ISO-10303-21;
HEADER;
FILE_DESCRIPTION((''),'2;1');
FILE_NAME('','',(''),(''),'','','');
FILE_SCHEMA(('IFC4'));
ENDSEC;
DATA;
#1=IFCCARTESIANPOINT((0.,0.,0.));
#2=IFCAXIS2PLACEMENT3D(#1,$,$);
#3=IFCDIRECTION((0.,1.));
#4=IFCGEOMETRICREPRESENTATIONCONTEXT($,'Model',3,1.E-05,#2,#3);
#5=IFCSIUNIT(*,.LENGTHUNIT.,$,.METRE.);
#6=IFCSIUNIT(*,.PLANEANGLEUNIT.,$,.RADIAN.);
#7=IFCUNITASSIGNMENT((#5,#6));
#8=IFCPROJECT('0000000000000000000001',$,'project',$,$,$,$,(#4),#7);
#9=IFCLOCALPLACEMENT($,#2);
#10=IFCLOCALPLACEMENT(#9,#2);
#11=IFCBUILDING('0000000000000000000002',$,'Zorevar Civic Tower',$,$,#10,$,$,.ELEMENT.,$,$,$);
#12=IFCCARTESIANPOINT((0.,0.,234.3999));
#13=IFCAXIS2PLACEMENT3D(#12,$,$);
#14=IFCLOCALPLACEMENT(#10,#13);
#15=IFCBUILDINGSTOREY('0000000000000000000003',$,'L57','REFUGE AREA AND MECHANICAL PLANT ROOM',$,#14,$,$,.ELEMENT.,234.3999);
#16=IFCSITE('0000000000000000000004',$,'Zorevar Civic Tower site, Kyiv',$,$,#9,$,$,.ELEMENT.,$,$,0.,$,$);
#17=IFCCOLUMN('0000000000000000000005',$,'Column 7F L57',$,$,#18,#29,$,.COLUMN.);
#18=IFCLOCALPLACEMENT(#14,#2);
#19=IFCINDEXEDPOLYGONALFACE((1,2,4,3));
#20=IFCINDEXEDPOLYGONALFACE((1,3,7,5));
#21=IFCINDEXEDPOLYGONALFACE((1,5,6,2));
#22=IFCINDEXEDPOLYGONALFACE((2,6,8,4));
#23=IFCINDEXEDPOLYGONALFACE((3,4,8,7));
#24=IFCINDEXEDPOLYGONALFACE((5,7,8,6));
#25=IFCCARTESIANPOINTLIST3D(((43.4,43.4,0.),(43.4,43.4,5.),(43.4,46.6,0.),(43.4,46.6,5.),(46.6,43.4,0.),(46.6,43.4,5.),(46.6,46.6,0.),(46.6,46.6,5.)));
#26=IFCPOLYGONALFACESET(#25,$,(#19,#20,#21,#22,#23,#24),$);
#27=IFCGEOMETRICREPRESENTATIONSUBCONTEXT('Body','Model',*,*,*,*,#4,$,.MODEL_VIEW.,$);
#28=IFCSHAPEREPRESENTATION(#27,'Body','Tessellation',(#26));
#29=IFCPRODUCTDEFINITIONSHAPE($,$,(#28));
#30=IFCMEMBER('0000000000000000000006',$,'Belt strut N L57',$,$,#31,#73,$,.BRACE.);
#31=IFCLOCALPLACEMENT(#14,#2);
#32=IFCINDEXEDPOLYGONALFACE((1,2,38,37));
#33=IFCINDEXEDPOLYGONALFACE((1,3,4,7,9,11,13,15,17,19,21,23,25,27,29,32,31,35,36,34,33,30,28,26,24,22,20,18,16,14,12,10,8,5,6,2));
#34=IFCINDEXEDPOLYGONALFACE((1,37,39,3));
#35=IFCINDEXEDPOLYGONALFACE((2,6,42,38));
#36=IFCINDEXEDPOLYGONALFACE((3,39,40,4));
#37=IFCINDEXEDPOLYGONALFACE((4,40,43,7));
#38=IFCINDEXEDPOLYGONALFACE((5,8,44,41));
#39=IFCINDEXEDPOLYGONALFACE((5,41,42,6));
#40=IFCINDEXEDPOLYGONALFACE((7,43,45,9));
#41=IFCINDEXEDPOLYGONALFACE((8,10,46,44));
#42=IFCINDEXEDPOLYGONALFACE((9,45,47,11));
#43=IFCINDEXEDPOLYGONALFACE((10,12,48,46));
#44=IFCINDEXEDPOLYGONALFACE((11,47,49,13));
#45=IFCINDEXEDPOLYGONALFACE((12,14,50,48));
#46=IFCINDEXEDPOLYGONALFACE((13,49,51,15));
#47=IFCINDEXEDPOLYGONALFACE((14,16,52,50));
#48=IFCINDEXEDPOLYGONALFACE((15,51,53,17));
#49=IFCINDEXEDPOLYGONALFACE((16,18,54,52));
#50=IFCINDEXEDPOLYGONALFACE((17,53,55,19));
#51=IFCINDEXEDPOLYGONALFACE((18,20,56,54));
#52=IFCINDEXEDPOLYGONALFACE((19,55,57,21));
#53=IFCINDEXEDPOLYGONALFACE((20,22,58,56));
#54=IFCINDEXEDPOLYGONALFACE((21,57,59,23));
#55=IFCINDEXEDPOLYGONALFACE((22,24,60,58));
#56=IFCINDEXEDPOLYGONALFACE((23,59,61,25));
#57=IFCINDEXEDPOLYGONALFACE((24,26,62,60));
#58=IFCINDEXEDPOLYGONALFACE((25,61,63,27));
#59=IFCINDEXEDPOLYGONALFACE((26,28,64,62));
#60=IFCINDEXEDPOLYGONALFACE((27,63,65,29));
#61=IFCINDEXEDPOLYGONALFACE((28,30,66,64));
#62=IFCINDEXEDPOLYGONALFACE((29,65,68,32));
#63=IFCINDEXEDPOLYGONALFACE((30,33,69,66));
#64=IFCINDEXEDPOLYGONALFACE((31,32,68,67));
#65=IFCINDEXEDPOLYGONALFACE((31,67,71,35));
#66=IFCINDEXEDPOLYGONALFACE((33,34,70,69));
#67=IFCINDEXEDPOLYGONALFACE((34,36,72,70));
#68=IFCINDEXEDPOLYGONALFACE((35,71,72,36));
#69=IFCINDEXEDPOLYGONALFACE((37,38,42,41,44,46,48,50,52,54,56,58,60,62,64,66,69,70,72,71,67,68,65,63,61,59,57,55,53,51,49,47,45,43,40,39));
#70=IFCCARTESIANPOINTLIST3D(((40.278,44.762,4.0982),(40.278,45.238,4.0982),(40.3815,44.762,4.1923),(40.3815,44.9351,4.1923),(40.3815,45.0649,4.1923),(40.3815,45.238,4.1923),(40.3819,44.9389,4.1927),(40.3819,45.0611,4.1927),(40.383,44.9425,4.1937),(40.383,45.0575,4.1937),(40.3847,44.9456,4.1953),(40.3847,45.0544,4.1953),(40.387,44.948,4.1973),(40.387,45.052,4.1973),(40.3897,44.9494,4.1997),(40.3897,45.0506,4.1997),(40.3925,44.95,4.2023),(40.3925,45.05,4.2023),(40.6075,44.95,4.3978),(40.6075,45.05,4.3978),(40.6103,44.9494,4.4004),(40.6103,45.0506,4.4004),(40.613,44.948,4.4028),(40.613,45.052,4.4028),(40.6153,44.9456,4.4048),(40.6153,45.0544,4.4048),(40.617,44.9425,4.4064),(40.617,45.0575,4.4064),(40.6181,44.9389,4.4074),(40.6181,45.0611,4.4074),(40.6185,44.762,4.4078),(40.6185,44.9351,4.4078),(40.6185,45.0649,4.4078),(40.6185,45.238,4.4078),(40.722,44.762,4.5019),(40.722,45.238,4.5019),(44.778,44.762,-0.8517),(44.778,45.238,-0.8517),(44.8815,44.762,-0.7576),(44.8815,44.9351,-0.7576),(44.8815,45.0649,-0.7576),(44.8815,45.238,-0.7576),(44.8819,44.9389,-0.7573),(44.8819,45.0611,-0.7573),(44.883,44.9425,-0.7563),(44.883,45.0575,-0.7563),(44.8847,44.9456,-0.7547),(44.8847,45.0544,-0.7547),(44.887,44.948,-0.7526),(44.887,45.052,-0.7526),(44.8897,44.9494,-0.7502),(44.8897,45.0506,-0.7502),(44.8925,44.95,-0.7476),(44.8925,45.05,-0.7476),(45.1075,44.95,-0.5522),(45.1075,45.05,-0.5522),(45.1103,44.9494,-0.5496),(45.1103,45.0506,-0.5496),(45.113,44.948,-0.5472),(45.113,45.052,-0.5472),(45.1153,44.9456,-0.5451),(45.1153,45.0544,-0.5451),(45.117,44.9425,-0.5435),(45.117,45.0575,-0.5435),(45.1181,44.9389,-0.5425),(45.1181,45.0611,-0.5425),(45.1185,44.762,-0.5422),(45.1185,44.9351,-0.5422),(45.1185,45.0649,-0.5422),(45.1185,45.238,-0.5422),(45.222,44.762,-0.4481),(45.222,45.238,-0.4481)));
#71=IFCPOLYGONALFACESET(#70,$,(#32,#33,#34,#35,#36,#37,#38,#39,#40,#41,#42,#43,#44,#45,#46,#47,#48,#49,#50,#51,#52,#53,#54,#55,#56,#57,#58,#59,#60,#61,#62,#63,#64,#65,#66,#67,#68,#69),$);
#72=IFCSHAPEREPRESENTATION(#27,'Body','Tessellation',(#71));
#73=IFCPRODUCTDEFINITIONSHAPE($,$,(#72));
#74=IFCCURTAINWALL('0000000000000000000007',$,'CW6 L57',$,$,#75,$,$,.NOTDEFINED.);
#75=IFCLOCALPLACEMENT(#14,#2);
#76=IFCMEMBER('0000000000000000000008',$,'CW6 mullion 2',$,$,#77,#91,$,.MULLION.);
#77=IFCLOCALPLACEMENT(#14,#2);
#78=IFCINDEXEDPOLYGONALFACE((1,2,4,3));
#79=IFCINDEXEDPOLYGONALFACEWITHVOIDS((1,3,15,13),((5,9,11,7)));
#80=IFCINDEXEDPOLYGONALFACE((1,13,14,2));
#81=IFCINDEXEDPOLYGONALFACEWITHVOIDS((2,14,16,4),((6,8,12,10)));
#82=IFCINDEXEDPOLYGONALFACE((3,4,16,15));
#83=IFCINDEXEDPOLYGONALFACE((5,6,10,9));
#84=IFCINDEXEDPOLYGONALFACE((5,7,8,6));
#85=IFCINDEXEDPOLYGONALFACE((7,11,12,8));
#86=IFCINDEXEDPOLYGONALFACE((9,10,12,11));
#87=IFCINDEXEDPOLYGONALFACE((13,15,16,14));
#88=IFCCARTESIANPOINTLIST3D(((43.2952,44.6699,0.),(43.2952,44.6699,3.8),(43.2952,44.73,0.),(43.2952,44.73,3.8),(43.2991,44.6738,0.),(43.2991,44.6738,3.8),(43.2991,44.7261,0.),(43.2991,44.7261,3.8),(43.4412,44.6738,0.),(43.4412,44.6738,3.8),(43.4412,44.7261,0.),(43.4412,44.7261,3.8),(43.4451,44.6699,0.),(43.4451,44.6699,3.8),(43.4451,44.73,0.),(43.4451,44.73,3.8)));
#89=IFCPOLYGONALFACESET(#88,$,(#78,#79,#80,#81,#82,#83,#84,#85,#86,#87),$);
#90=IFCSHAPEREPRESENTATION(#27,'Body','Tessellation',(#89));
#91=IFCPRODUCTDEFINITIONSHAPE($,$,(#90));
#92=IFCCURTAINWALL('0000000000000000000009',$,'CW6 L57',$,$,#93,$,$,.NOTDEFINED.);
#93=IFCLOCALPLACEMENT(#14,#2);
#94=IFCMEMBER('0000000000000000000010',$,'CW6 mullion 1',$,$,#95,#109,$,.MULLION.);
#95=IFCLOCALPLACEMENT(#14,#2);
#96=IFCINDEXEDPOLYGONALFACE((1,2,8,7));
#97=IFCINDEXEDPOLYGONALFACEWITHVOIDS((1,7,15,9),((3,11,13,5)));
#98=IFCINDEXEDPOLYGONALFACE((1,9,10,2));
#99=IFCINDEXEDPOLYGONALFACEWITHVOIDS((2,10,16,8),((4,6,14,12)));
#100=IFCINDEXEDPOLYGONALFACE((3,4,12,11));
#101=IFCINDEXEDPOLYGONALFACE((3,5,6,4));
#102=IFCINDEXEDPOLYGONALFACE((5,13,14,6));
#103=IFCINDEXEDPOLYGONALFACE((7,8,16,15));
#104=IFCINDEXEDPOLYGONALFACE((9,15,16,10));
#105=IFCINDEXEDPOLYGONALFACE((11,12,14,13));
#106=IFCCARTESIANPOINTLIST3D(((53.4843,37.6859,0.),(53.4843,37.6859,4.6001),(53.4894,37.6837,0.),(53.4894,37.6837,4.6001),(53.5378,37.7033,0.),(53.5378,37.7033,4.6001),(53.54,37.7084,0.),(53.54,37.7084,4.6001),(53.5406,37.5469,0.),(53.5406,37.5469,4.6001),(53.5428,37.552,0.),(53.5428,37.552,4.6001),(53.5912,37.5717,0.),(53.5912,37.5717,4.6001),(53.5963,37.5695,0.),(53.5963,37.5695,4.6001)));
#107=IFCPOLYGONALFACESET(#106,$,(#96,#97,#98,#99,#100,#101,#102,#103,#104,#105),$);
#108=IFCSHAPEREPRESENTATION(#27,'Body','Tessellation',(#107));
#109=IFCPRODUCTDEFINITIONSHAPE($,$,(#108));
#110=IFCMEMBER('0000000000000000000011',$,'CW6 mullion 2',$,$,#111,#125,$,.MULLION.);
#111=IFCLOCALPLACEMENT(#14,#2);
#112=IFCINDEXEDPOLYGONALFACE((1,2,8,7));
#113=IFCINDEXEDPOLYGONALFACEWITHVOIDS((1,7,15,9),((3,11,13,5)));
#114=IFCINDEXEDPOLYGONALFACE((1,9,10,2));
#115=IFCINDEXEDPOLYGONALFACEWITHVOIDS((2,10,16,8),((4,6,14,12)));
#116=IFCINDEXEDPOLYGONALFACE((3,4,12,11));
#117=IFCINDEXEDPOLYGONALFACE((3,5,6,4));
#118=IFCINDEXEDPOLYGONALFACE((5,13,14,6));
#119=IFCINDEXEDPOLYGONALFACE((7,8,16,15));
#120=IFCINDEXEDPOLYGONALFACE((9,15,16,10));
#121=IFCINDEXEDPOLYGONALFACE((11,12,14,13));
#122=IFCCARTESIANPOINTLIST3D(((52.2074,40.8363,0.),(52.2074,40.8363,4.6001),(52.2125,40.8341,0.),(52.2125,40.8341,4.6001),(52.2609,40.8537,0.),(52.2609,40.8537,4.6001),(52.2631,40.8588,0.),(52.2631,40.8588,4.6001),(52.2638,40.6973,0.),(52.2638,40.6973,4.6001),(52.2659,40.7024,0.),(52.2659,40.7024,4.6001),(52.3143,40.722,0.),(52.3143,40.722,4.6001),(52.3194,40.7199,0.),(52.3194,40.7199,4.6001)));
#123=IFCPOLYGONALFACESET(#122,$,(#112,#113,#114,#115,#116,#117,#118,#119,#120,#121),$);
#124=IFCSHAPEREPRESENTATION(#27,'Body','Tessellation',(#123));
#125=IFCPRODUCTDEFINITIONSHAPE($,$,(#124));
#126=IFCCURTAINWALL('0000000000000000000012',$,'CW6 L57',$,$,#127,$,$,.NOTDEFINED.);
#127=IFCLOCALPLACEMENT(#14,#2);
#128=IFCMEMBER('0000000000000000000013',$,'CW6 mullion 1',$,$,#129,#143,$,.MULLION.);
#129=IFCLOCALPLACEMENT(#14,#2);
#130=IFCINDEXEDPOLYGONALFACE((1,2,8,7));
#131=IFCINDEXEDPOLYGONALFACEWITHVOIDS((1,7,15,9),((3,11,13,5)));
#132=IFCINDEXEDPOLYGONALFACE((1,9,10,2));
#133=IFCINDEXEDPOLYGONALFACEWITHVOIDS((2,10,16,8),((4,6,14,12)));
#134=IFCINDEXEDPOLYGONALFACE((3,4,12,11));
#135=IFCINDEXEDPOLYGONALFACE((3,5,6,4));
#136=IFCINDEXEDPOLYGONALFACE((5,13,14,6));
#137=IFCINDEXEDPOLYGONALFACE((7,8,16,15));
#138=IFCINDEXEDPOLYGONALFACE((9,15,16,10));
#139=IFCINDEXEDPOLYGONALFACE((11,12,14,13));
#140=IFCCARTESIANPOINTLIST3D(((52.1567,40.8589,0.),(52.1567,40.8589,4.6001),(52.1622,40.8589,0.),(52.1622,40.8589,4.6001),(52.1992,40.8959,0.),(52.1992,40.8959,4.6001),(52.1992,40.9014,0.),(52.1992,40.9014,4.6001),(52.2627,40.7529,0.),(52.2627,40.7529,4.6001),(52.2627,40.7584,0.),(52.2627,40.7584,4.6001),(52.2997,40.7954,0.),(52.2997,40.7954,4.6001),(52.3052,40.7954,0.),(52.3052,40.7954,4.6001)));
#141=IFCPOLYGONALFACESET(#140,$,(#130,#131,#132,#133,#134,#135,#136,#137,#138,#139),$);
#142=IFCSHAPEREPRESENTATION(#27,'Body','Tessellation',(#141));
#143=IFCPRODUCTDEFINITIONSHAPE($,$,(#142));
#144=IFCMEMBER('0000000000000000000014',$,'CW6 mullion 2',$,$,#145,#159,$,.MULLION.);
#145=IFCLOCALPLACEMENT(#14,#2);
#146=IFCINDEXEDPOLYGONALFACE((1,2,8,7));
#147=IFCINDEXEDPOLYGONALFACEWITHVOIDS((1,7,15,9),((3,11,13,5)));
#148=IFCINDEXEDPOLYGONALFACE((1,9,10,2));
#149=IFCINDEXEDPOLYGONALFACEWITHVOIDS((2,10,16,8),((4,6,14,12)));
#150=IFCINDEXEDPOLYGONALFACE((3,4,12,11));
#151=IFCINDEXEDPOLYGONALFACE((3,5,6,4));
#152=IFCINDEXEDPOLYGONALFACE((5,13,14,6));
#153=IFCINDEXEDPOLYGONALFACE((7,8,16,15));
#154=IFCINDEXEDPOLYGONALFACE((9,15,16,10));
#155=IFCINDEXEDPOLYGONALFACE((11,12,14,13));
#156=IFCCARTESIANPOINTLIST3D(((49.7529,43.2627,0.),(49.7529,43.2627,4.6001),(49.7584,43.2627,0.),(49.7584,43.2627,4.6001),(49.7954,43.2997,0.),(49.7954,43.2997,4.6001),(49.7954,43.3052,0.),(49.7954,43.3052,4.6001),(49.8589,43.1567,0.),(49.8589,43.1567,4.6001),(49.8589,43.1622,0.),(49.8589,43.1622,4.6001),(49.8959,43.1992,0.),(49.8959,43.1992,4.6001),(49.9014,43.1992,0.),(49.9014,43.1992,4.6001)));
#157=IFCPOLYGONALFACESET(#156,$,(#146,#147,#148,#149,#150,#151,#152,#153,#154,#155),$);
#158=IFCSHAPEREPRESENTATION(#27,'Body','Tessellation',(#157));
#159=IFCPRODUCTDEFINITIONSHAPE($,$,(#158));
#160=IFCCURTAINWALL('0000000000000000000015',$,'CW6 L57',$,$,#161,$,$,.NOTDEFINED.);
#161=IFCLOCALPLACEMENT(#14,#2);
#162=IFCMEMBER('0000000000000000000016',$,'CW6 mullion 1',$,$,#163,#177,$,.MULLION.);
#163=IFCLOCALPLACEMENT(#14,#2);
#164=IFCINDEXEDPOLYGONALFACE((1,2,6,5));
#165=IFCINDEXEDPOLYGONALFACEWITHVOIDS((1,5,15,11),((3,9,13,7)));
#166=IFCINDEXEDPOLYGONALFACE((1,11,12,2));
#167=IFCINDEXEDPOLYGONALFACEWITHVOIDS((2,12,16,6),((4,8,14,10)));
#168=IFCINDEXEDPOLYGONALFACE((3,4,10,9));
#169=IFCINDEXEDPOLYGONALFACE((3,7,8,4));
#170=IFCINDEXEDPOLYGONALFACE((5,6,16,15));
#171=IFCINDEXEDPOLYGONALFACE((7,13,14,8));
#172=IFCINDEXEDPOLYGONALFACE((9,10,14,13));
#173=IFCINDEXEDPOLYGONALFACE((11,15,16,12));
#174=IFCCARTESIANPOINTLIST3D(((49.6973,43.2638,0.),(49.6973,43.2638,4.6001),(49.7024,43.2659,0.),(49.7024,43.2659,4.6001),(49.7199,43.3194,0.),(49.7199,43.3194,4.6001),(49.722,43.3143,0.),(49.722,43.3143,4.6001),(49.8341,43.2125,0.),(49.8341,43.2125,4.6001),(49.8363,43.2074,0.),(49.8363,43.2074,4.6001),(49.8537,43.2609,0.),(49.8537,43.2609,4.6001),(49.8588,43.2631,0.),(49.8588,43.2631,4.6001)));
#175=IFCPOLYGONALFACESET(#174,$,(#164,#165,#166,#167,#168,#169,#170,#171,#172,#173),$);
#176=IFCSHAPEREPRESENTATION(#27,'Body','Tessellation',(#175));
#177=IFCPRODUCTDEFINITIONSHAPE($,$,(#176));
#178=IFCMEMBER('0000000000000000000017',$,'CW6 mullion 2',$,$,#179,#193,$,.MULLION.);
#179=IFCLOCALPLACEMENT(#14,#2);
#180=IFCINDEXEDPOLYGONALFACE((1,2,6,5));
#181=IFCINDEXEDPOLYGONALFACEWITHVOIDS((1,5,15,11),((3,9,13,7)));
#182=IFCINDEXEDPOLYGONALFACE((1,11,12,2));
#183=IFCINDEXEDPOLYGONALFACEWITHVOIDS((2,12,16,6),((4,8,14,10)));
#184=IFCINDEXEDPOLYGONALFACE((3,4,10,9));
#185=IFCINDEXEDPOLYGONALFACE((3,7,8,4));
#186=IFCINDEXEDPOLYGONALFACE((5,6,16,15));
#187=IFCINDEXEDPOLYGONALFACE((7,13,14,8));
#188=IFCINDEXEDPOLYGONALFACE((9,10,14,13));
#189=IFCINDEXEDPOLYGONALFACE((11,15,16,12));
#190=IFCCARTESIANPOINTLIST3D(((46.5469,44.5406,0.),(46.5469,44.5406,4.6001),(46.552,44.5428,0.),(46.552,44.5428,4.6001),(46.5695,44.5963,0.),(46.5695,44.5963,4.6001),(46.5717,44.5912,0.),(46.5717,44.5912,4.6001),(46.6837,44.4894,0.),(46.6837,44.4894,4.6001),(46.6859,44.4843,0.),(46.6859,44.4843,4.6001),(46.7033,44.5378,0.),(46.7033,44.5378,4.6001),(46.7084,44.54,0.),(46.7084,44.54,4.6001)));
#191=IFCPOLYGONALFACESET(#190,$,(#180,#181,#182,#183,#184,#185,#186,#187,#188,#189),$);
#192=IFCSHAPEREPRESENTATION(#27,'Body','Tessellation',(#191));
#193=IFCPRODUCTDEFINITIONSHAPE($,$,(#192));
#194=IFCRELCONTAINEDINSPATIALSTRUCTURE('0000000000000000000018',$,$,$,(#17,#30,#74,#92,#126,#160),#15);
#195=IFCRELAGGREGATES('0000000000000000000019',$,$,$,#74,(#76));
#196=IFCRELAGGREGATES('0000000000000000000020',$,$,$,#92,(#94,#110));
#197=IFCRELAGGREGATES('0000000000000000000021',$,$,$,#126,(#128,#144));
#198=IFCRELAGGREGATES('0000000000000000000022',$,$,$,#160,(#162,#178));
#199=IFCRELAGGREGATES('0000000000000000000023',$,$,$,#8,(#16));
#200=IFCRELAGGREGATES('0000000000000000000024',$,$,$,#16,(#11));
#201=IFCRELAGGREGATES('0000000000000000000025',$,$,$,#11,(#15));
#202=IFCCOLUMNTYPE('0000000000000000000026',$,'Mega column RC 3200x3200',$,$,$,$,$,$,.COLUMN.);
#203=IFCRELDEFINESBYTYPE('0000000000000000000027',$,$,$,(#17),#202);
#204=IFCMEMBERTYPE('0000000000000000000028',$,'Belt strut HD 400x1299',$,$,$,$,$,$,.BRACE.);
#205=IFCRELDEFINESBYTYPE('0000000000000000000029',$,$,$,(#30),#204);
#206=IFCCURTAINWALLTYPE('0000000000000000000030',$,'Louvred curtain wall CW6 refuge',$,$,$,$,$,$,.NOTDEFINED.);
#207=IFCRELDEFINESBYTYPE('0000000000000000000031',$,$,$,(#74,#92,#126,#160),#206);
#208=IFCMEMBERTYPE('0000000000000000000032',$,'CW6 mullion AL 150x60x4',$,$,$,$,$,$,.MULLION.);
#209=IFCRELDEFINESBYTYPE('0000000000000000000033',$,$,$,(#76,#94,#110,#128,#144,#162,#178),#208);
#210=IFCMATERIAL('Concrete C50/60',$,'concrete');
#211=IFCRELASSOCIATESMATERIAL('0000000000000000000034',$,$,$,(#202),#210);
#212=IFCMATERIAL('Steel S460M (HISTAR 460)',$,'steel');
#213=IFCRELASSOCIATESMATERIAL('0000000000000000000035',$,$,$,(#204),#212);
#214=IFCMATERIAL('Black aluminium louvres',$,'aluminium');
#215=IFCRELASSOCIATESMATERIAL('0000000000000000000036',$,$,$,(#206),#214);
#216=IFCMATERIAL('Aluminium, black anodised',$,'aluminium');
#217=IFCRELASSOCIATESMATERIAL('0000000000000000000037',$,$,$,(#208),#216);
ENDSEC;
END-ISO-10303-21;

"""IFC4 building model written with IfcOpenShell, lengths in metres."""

from ifc_helpers import new_model, si_unit, direction, frame, origin, origin_2d, place, context, subcontext, project, spatial, rectangle, hollow_rectangle, i_section, extrude, material, material_profile, profile_set, type_object, element, aggregate, save


model = new_model("IFC4")

# Units and contexts
model_context = context("Model", 3, precision=1e-05, world=origin(), true_north=direction((0.0, 1.0)))
body_context = subcontext(model_context, "Body", "Model", "MODEL_VIEW")
ifc_project = project(units=[si_unit("LENGTHUNIT", "METRE"), si_unit("PLANEANGLEUNIT", "RADIAN")], contexts=[model_context])

# Site, building, storey
site_placement = place(None, origin())
site = spatial("IfcSite", under=ifc_project, at=site_placement, Name="Zorevar Civic Tower site, Kyiv", CompositionType="ELEMENT", RefElevation=0.0)
building_placement = place(site_placement, origin())
building = spatial("IfcBuilding", under=site, at=building_placement, Name="Zorevar Civic Tower", CompositionType="ELEMENT")
storey_placement = place(building_placement, frame((0.0, 0.0, 234.3999)))
storey = spatial("IfcBuildingStorey", under=building, at=storey_placement, Name="L57", Description="REFUGE AREA AND MECHANICAL PLANT ROOM", CompositionType="ELEMENT", Elevation=234.3999)

# Column
ifc_material_1 = material(Name="Concrete C50/60", Category="concrete")
ifc_material_profile_1 = material_profile(ifc_material_1, rectangle(XDim=3.2, YDim=3.2, at=origin_2d()), Name="RC 3200x3200")
ifc_profile_set_1 = profile_set([ifc_material_profile_1], Name="Concrete C50/60")
column_type = type_object("IfcColumnType", Name="Mega column RC 3200x3200", PredefinedType="COLUMN", material=ifc_profile_set_1)
column_placement = place(storey_placement, frame((45.0, 45.0, 0.0), z_axis=(0.0, 0.0, 1.0), x_axis=(1.0, 0.0, 0.0)))
element("IfcColumn", 1, at=column_placement, inside=storey, type_object=column_type, Name="Column 7F L57", PredefinedType="COLUMN", context=body_context, shape_type="SweptSolid", body=[
    extrude(rectangle(XDim=3.2, YDim=3.2, at=origin_2d()), origin(), (0.0, 0.0, 1.0), 5.0),
])

# Member
ifc_material_2 = material(Name="Steel S460M (HISTAR 460)", Category="steel")
ifc_material_profile_2 = material_profile(ifc_material_2, i_section(OverallWidth=0.4761, OverallDepth=0.6001, WebThickness=0.1001, FlangeThickness=0.1399, FilletRadius=0.0149, at=origin_2d()), Name="HD 400x1299")
ifc_profile_set_2 = profile_set([ifc_material_profile_2], Name="Steel S460M (HISTAR 460)")
member_type_1 = type_object("IfcMemberType", Name="Belt strut HD 400x1299", PredefinedType="BRACE", material=ifc_profile_set_2)
member_1_placement = place(storey_placement, frame((45.0, 45.0, -0.6499), z_axis=(-0.672676, 0.0, 0.739937), x_axis=(0.0, -1.0, 0.0)))
element("IfcMember", 2, at=member_1_placement, inside=storey, type_object=member_type_1, Name="Belt strut N L57", PredefinedType="BRACE", context=body_context, shape_type="SweptSolid", body=[
    extrude(i_section(OverallWidth=0.4761, OverallDepth=0.6001, WebThickness=0.1001, FlangeThickness=0.1399, FilletRadius=0.0149, at=origin_2d()), origin(), (0.0, 0.0, 1.0), 6.6897),
])

# Curtain wall, member
ifc_material_3 = material(Name="Black aluminium louvres", Category="aluminium")
curtain_wall_type = type_object("IfcCurtainWallType", Name="Louvred curtain wall CW6 refuge", PredefinedType="NOTDEFINED", material=ifc_material_3)
curtain_wall_1_placement = place(storey_placement, origin())
curtain_wall_1 = element("IfcCurtainWall", 3, at=curtain_wall_1_placement, inside=storey, type_object=curtain_wall_type, Name="CW6 L57", PredefinedType="NOTDEFINED")
ifc_material_4 = material(Name="Aluminium, black anodised", Category="aluminium")
ifc_material_profile_3 = material_profile(ifc_material_4, hollow_rectangle(XDim=0.0601, YDim=0.1499, WallThickness=0.0039, at=origin_2d()), Name="AL 150x60x4")
ifc_profile_set_3 = profile_set([ifc_material_profile_3], Name="Aluminium, black anodised")
member_type_2 = type_object("IfcMemberType", Name="CW6 mullion AL 150x60x4", PredefinedType="MULLION", material=ifc_profile_set_3)
member_2_placement = place(storey_placement, frame((43.3701, 44.7, 0.0), z_axis=(0.0, 0.0, 1.0), x_axis=(0.0, 1.0, 0.0)))
member_2 = element("IfcMember", 4, at=member_2_placement, type_object=member_type_2, Name="CW6 mullion 2", PredefinedType="MULLION", context=body_context, shape_type="SweptSolid", body=[
    extrude(hollow_rectangle(XDim=0.0601, YDim=0.1499, WallThickness=0.0039, at=origin_2d()), origin(), (0.0, 0.0, 1.0), 3.8),
])
aggregate(curtain_wall_1, [member_2])

# Curtain walls, members
curtain_wall_2_placement = place(storey_placement, origin())
curtain_wall_2 = element("IfcCurtainWall", 5, at=curtain_wall_2_placement, inside=storey, type_object=curtain_wall_type, Name="CW6 L57", PredefinedType="NOTDEFINED")
member_3_placement = place(storey_placement, frame((53.5403, 37.6277, 0.0), z_axis=(0.0, 0.0, 1.0), x_axis=(-0.926762, -0.37565, 0.0)))
member_3 = element("IfcMember", 6, at=member_3_placement, type_object=member_type_2, Name="CW6 mullion 1", PredefinedType="MULLION", context=body_context, shape_type="SweptSolid", body=[
    extrude(hollow_rectangle(XDim=0.0601, YDim=0.1499, WallThickness=0.0039, at=origin_2d()), origin(), (0.0, 0.0, 1.0), 4.6001),
])
member_4_placement = place(storey_placement, frame((52.2634, 40.7781, 0.0), z_axis=(0.0, 0.0, 1.0), x_axis=(-0.926762, -0.37565, 0.0)))
member_4 = element("IfcMember", 7, at=member_4_placement, type_object=member_type_2, Name="CW6 mullion 2", PredefinedType="MULLION", context=body_context, shape_type="SweptSolid", body=[
    extrude(hollow_rectangle(XDim=0.0601, YDim=0.1499, WallThickness=0.0039, at=origin_2d()), origin(), (0.0, 0.0, 1.0), 4.6001),
])
curtain_wall_3_placement = place(storey_placement, origin())
curtain_wall_3 = element("IfcCurtainWall", 8, at=curtain_wall_3_placement, inside=storey, type_object=curtain_wall_type, Name="CW6 L57", PredefinedType="NOTDEFINED")
member_5_placement = place(storey_placement, frame((52.231, 40.8271, 0.0), z_axis=(0.0, 0.0, 1.0), x_axis=(-0.707107, -0.707107, 0.0)))
member_5 = element("IfcMember", 9, at=member_5_placement, type_object=member_type_2, Name="CW6 mullion 1", PredefinedType="MULLION", context=body_context, shape_type="SweptSolid", body=[
    extrude(hollow_rectangle(XDim=0.0601, YDim=0.1499, WallThickness=0.0039, at=origin_2d()), origin(), (0.0, 0.0, 1.0), 4.6001),
])
member_6_placement = place(storey_placement, frame((49.8271, 43.231, 0.0), z_axis=(0.0, 0.0, 1.0), x_axis=(-0.707107, -0.707107, 0.0)))
member_6 = element("IfcMember", 10, at=member_6_placement, type_object=member_type_2, Name="CW6 mullion 2", PredefinedType="MULLION", context=body_context, shape_type="SweptSolid", body=[
    extrude(hollow_rectangle(XDim=0.0601, YDim=0.1499, WallThickness=0.0039, at=origin_2d()), origin(), (0.0, 0.0, 1.0), 4.6001),
])
curtain_wall_4_placement = place(storey_placement, origin())
curtain_wall_4 = element("IfcCurtainWall", 11, at=curtain_wall_4_placement, inside=storey, type_object=curtain_wall_type, Name="CW6 L57", PredefinedType="NOTDEFINED")
member_7_placement = place(storey_placement, frame((49.7781, 43.2634, 0.0), z_axis=(0.0, 0.0, 1.0), x_axis=(-0.37565, -0.926762, 0.0)))
member_7 = element("IfcMember", 12, at=member_7_placement, type_object=member_type_2, Name="CW6 mullion 1", PredefinedType="MULLION", context=body_context, shape_type="SweptSolid", body=[
    extrude(hollow_rectangle(XDim=0.0601, YDim=0.1499, WallThickness=0.0039, at=origin_2d()), origin(), (0.0, 0.0, 1.0), 4.6001),
])
member_8_placement = place(storey_placement, frame((46.6277, 44.5403, 0.0), z_axis=(0.0, 0.0, 1.0), x_axis=(-0.37565, -0.926762, 0.0)))
member_8 = element("IfcMember", 13, at=member_8_placement, type_object=member_type_2, Name="CW6 mullion 2", PredefinedType="MULLION", context=body_context, shape_type="SweptSolid", body=[
    extrude(hollow_rectangle(XDim=0.0601, YDim=0.1499, WallThickness=0.0039, at=origin_2d()), origin(), (0.0, 0.0, 1.0), 4.6001),
])

aggregate(curtain_wall_2, [member_3, member_4])
aggregate(curtain_wall_3, [member_5, member_6])
aggregate(curtain_wall_4, [member_7, member_8])

save(model, "model.ifc")
